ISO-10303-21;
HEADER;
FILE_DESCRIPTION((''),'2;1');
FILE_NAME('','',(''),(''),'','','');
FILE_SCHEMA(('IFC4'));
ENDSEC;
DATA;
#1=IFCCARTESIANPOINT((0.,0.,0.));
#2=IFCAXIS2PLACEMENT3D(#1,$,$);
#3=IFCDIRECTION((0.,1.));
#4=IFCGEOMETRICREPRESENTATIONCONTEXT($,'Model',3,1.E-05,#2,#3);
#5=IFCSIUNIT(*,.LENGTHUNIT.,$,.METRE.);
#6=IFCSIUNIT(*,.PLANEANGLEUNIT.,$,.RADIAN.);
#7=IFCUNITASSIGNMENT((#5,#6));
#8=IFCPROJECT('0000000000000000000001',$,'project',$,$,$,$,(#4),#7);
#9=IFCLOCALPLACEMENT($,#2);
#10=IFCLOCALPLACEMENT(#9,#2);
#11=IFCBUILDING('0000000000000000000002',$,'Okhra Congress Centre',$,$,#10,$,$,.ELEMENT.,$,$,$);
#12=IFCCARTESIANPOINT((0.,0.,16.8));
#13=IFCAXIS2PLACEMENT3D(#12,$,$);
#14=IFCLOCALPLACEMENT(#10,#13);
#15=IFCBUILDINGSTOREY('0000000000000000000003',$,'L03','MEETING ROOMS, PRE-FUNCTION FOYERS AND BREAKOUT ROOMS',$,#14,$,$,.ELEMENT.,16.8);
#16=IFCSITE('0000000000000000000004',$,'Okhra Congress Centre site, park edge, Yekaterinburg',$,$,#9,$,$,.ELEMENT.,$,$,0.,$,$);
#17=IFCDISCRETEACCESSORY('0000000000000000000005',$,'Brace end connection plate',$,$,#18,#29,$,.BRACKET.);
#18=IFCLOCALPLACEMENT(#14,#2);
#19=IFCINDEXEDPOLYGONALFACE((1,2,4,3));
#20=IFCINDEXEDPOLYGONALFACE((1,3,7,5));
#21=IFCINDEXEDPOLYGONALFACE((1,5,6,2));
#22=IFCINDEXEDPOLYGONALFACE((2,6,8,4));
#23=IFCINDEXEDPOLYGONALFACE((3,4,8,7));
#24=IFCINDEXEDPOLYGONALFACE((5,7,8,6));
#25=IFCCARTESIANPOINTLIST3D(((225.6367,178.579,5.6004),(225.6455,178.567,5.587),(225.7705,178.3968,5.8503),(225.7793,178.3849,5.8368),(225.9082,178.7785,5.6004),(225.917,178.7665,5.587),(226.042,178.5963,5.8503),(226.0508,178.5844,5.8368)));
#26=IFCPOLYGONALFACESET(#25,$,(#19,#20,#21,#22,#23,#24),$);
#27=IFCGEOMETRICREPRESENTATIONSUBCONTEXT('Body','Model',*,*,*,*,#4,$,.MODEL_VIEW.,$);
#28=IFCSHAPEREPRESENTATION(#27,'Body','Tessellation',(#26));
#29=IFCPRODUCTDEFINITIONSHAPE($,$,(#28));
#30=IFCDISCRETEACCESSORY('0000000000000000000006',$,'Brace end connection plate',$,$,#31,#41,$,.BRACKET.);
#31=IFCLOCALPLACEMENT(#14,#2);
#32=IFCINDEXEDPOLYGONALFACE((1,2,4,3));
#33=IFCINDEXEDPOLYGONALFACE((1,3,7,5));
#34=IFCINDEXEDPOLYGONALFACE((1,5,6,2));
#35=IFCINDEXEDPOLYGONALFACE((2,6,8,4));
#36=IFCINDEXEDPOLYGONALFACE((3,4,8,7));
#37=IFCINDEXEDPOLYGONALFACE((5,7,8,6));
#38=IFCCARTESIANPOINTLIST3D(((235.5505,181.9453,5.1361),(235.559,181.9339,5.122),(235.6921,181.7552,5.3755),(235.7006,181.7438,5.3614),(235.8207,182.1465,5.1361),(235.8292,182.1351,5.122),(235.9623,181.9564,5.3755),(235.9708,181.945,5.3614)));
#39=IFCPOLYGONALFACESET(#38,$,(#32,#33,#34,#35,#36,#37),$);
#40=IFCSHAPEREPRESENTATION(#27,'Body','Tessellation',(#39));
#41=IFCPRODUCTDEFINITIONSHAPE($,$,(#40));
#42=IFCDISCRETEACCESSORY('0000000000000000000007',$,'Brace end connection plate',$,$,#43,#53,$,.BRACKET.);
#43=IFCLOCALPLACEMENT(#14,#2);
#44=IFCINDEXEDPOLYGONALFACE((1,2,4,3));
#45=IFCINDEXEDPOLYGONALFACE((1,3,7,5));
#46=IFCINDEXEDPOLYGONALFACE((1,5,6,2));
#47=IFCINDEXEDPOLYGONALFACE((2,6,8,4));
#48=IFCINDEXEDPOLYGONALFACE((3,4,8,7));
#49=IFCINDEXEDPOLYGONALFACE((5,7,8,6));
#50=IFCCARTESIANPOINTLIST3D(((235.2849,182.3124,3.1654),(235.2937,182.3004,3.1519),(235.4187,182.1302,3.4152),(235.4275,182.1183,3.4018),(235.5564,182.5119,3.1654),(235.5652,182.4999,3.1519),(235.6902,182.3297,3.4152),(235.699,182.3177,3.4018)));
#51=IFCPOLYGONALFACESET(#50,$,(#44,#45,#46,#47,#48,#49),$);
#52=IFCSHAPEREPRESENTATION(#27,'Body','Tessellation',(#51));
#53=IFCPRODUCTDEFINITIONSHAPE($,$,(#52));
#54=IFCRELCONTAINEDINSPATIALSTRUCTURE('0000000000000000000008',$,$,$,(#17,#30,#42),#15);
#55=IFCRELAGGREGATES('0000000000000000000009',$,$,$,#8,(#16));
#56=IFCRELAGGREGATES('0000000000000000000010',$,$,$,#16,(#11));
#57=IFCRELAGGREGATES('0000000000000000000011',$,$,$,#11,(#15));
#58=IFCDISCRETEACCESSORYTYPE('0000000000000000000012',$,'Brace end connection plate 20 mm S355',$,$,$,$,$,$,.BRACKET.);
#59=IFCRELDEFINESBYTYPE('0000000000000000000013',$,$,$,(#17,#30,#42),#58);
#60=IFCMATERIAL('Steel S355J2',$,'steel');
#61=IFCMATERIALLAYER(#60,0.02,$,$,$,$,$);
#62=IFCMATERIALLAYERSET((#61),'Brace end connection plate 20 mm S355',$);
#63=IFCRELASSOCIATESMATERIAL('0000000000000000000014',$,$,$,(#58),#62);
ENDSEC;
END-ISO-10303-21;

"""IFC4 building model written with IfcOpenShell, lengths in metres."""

from ifc_helpers import new_model, si_unit, direction, frame, origin, origin_2d, place, context, subcontext, project, spatial, rectangle, extrude, material, layer, layer_set, type_object, element, save


model = new_model("IFC4")

# Units and contexts
model_context = context("Model", 3, precision=1e-05, world=origin(), true_north=direction((0.0, 1.0)))
body_context = subcontext(model_context, "Body", "Model", "MODEL_VIEW")
ifc_project = project(units=[si_unit("LENGTHUNIT", "METRE"), si_unit("PLANEANGLEUNIT", "RADIAN")], contexts=[model_context])

# Site, building, storey
site_placement = place(None, origin())
site = spatial("IfcSite", under=ifc_project, at=site_placement, Name="Okhra Congress Centre site, park edge, Yekaterinburg", CompositionType="ELEMENT", RefElevation=0.0)
building_placement = place(site_placement, origin())
building = spatial("IfcBuilding", under=site, at=building_placement, Name="Okhra Congress Centre", CompositionType="ELEMENT")
storey_placement = place(building_placement, frame((0.0, 0.0, 16.8)))
storey = spatial("IfcBuildingStorey", under=building, at=storey_placement, Name="L03", Description="MEETING ROOMS, PRE-FUNCTION FOYERS AND BREAKOUT ROOMS", CompositionType="ELEMENT", Elevation=16.8)

# Shared definitions
ifc_material_1 = material(Name="Steel S355J2", Category="steel")

# Discrete accessories
ifc_layer = layer(ifc_material_1, 0.02)
ifc_layer_set = layer_set([ifc_layer], Name="Brace end connection plate 20 mm S355")
discrete_accessory_type = type_object("IfcDiscreteAccessoryType", Name="Brace end connection plate 20 mm S355", PredefinedType="BRACKET", material=ifc_layer_set)
for number, where, z_axis, x_axis, name in (
    (1, (225.8481, 178.5757, 5.7119), (-0.43909, 0.59765, 0.670831), (-0.805882, -0.592076, 0.0), "Brace end connection plate"),
    (2, (235.7649, 181.9395, 5.2417), (-0.4245, 0.570043, 0.703457), (-0.802043, -0.597266, 0.0), "Brace end connection plate"),
    (3, (235.4875, 182.321, 3.2903), (0.43909, -0.59765, -0.670831), (0.805882, 0.592076, 0.0), "Brace end connection plate"),
):
    element("IfcDiscreteAccessory", number, at=place(storey_placement, frame(where, z_axis=z_axis, x_axis=x_axis)), inside=storey, type_object=discrete_accessory_type, Name=name, PredefinedType="BRACKET", context=body_context, shape_type="SweptSolid", body=[
        extrude(rectangle(XDim=0.3369, YDim=0.3369, at=origin_2d()), origin(), (0.0, 0.0, 1.0), 0.02),
    ])

save(model, "model.ifc")
